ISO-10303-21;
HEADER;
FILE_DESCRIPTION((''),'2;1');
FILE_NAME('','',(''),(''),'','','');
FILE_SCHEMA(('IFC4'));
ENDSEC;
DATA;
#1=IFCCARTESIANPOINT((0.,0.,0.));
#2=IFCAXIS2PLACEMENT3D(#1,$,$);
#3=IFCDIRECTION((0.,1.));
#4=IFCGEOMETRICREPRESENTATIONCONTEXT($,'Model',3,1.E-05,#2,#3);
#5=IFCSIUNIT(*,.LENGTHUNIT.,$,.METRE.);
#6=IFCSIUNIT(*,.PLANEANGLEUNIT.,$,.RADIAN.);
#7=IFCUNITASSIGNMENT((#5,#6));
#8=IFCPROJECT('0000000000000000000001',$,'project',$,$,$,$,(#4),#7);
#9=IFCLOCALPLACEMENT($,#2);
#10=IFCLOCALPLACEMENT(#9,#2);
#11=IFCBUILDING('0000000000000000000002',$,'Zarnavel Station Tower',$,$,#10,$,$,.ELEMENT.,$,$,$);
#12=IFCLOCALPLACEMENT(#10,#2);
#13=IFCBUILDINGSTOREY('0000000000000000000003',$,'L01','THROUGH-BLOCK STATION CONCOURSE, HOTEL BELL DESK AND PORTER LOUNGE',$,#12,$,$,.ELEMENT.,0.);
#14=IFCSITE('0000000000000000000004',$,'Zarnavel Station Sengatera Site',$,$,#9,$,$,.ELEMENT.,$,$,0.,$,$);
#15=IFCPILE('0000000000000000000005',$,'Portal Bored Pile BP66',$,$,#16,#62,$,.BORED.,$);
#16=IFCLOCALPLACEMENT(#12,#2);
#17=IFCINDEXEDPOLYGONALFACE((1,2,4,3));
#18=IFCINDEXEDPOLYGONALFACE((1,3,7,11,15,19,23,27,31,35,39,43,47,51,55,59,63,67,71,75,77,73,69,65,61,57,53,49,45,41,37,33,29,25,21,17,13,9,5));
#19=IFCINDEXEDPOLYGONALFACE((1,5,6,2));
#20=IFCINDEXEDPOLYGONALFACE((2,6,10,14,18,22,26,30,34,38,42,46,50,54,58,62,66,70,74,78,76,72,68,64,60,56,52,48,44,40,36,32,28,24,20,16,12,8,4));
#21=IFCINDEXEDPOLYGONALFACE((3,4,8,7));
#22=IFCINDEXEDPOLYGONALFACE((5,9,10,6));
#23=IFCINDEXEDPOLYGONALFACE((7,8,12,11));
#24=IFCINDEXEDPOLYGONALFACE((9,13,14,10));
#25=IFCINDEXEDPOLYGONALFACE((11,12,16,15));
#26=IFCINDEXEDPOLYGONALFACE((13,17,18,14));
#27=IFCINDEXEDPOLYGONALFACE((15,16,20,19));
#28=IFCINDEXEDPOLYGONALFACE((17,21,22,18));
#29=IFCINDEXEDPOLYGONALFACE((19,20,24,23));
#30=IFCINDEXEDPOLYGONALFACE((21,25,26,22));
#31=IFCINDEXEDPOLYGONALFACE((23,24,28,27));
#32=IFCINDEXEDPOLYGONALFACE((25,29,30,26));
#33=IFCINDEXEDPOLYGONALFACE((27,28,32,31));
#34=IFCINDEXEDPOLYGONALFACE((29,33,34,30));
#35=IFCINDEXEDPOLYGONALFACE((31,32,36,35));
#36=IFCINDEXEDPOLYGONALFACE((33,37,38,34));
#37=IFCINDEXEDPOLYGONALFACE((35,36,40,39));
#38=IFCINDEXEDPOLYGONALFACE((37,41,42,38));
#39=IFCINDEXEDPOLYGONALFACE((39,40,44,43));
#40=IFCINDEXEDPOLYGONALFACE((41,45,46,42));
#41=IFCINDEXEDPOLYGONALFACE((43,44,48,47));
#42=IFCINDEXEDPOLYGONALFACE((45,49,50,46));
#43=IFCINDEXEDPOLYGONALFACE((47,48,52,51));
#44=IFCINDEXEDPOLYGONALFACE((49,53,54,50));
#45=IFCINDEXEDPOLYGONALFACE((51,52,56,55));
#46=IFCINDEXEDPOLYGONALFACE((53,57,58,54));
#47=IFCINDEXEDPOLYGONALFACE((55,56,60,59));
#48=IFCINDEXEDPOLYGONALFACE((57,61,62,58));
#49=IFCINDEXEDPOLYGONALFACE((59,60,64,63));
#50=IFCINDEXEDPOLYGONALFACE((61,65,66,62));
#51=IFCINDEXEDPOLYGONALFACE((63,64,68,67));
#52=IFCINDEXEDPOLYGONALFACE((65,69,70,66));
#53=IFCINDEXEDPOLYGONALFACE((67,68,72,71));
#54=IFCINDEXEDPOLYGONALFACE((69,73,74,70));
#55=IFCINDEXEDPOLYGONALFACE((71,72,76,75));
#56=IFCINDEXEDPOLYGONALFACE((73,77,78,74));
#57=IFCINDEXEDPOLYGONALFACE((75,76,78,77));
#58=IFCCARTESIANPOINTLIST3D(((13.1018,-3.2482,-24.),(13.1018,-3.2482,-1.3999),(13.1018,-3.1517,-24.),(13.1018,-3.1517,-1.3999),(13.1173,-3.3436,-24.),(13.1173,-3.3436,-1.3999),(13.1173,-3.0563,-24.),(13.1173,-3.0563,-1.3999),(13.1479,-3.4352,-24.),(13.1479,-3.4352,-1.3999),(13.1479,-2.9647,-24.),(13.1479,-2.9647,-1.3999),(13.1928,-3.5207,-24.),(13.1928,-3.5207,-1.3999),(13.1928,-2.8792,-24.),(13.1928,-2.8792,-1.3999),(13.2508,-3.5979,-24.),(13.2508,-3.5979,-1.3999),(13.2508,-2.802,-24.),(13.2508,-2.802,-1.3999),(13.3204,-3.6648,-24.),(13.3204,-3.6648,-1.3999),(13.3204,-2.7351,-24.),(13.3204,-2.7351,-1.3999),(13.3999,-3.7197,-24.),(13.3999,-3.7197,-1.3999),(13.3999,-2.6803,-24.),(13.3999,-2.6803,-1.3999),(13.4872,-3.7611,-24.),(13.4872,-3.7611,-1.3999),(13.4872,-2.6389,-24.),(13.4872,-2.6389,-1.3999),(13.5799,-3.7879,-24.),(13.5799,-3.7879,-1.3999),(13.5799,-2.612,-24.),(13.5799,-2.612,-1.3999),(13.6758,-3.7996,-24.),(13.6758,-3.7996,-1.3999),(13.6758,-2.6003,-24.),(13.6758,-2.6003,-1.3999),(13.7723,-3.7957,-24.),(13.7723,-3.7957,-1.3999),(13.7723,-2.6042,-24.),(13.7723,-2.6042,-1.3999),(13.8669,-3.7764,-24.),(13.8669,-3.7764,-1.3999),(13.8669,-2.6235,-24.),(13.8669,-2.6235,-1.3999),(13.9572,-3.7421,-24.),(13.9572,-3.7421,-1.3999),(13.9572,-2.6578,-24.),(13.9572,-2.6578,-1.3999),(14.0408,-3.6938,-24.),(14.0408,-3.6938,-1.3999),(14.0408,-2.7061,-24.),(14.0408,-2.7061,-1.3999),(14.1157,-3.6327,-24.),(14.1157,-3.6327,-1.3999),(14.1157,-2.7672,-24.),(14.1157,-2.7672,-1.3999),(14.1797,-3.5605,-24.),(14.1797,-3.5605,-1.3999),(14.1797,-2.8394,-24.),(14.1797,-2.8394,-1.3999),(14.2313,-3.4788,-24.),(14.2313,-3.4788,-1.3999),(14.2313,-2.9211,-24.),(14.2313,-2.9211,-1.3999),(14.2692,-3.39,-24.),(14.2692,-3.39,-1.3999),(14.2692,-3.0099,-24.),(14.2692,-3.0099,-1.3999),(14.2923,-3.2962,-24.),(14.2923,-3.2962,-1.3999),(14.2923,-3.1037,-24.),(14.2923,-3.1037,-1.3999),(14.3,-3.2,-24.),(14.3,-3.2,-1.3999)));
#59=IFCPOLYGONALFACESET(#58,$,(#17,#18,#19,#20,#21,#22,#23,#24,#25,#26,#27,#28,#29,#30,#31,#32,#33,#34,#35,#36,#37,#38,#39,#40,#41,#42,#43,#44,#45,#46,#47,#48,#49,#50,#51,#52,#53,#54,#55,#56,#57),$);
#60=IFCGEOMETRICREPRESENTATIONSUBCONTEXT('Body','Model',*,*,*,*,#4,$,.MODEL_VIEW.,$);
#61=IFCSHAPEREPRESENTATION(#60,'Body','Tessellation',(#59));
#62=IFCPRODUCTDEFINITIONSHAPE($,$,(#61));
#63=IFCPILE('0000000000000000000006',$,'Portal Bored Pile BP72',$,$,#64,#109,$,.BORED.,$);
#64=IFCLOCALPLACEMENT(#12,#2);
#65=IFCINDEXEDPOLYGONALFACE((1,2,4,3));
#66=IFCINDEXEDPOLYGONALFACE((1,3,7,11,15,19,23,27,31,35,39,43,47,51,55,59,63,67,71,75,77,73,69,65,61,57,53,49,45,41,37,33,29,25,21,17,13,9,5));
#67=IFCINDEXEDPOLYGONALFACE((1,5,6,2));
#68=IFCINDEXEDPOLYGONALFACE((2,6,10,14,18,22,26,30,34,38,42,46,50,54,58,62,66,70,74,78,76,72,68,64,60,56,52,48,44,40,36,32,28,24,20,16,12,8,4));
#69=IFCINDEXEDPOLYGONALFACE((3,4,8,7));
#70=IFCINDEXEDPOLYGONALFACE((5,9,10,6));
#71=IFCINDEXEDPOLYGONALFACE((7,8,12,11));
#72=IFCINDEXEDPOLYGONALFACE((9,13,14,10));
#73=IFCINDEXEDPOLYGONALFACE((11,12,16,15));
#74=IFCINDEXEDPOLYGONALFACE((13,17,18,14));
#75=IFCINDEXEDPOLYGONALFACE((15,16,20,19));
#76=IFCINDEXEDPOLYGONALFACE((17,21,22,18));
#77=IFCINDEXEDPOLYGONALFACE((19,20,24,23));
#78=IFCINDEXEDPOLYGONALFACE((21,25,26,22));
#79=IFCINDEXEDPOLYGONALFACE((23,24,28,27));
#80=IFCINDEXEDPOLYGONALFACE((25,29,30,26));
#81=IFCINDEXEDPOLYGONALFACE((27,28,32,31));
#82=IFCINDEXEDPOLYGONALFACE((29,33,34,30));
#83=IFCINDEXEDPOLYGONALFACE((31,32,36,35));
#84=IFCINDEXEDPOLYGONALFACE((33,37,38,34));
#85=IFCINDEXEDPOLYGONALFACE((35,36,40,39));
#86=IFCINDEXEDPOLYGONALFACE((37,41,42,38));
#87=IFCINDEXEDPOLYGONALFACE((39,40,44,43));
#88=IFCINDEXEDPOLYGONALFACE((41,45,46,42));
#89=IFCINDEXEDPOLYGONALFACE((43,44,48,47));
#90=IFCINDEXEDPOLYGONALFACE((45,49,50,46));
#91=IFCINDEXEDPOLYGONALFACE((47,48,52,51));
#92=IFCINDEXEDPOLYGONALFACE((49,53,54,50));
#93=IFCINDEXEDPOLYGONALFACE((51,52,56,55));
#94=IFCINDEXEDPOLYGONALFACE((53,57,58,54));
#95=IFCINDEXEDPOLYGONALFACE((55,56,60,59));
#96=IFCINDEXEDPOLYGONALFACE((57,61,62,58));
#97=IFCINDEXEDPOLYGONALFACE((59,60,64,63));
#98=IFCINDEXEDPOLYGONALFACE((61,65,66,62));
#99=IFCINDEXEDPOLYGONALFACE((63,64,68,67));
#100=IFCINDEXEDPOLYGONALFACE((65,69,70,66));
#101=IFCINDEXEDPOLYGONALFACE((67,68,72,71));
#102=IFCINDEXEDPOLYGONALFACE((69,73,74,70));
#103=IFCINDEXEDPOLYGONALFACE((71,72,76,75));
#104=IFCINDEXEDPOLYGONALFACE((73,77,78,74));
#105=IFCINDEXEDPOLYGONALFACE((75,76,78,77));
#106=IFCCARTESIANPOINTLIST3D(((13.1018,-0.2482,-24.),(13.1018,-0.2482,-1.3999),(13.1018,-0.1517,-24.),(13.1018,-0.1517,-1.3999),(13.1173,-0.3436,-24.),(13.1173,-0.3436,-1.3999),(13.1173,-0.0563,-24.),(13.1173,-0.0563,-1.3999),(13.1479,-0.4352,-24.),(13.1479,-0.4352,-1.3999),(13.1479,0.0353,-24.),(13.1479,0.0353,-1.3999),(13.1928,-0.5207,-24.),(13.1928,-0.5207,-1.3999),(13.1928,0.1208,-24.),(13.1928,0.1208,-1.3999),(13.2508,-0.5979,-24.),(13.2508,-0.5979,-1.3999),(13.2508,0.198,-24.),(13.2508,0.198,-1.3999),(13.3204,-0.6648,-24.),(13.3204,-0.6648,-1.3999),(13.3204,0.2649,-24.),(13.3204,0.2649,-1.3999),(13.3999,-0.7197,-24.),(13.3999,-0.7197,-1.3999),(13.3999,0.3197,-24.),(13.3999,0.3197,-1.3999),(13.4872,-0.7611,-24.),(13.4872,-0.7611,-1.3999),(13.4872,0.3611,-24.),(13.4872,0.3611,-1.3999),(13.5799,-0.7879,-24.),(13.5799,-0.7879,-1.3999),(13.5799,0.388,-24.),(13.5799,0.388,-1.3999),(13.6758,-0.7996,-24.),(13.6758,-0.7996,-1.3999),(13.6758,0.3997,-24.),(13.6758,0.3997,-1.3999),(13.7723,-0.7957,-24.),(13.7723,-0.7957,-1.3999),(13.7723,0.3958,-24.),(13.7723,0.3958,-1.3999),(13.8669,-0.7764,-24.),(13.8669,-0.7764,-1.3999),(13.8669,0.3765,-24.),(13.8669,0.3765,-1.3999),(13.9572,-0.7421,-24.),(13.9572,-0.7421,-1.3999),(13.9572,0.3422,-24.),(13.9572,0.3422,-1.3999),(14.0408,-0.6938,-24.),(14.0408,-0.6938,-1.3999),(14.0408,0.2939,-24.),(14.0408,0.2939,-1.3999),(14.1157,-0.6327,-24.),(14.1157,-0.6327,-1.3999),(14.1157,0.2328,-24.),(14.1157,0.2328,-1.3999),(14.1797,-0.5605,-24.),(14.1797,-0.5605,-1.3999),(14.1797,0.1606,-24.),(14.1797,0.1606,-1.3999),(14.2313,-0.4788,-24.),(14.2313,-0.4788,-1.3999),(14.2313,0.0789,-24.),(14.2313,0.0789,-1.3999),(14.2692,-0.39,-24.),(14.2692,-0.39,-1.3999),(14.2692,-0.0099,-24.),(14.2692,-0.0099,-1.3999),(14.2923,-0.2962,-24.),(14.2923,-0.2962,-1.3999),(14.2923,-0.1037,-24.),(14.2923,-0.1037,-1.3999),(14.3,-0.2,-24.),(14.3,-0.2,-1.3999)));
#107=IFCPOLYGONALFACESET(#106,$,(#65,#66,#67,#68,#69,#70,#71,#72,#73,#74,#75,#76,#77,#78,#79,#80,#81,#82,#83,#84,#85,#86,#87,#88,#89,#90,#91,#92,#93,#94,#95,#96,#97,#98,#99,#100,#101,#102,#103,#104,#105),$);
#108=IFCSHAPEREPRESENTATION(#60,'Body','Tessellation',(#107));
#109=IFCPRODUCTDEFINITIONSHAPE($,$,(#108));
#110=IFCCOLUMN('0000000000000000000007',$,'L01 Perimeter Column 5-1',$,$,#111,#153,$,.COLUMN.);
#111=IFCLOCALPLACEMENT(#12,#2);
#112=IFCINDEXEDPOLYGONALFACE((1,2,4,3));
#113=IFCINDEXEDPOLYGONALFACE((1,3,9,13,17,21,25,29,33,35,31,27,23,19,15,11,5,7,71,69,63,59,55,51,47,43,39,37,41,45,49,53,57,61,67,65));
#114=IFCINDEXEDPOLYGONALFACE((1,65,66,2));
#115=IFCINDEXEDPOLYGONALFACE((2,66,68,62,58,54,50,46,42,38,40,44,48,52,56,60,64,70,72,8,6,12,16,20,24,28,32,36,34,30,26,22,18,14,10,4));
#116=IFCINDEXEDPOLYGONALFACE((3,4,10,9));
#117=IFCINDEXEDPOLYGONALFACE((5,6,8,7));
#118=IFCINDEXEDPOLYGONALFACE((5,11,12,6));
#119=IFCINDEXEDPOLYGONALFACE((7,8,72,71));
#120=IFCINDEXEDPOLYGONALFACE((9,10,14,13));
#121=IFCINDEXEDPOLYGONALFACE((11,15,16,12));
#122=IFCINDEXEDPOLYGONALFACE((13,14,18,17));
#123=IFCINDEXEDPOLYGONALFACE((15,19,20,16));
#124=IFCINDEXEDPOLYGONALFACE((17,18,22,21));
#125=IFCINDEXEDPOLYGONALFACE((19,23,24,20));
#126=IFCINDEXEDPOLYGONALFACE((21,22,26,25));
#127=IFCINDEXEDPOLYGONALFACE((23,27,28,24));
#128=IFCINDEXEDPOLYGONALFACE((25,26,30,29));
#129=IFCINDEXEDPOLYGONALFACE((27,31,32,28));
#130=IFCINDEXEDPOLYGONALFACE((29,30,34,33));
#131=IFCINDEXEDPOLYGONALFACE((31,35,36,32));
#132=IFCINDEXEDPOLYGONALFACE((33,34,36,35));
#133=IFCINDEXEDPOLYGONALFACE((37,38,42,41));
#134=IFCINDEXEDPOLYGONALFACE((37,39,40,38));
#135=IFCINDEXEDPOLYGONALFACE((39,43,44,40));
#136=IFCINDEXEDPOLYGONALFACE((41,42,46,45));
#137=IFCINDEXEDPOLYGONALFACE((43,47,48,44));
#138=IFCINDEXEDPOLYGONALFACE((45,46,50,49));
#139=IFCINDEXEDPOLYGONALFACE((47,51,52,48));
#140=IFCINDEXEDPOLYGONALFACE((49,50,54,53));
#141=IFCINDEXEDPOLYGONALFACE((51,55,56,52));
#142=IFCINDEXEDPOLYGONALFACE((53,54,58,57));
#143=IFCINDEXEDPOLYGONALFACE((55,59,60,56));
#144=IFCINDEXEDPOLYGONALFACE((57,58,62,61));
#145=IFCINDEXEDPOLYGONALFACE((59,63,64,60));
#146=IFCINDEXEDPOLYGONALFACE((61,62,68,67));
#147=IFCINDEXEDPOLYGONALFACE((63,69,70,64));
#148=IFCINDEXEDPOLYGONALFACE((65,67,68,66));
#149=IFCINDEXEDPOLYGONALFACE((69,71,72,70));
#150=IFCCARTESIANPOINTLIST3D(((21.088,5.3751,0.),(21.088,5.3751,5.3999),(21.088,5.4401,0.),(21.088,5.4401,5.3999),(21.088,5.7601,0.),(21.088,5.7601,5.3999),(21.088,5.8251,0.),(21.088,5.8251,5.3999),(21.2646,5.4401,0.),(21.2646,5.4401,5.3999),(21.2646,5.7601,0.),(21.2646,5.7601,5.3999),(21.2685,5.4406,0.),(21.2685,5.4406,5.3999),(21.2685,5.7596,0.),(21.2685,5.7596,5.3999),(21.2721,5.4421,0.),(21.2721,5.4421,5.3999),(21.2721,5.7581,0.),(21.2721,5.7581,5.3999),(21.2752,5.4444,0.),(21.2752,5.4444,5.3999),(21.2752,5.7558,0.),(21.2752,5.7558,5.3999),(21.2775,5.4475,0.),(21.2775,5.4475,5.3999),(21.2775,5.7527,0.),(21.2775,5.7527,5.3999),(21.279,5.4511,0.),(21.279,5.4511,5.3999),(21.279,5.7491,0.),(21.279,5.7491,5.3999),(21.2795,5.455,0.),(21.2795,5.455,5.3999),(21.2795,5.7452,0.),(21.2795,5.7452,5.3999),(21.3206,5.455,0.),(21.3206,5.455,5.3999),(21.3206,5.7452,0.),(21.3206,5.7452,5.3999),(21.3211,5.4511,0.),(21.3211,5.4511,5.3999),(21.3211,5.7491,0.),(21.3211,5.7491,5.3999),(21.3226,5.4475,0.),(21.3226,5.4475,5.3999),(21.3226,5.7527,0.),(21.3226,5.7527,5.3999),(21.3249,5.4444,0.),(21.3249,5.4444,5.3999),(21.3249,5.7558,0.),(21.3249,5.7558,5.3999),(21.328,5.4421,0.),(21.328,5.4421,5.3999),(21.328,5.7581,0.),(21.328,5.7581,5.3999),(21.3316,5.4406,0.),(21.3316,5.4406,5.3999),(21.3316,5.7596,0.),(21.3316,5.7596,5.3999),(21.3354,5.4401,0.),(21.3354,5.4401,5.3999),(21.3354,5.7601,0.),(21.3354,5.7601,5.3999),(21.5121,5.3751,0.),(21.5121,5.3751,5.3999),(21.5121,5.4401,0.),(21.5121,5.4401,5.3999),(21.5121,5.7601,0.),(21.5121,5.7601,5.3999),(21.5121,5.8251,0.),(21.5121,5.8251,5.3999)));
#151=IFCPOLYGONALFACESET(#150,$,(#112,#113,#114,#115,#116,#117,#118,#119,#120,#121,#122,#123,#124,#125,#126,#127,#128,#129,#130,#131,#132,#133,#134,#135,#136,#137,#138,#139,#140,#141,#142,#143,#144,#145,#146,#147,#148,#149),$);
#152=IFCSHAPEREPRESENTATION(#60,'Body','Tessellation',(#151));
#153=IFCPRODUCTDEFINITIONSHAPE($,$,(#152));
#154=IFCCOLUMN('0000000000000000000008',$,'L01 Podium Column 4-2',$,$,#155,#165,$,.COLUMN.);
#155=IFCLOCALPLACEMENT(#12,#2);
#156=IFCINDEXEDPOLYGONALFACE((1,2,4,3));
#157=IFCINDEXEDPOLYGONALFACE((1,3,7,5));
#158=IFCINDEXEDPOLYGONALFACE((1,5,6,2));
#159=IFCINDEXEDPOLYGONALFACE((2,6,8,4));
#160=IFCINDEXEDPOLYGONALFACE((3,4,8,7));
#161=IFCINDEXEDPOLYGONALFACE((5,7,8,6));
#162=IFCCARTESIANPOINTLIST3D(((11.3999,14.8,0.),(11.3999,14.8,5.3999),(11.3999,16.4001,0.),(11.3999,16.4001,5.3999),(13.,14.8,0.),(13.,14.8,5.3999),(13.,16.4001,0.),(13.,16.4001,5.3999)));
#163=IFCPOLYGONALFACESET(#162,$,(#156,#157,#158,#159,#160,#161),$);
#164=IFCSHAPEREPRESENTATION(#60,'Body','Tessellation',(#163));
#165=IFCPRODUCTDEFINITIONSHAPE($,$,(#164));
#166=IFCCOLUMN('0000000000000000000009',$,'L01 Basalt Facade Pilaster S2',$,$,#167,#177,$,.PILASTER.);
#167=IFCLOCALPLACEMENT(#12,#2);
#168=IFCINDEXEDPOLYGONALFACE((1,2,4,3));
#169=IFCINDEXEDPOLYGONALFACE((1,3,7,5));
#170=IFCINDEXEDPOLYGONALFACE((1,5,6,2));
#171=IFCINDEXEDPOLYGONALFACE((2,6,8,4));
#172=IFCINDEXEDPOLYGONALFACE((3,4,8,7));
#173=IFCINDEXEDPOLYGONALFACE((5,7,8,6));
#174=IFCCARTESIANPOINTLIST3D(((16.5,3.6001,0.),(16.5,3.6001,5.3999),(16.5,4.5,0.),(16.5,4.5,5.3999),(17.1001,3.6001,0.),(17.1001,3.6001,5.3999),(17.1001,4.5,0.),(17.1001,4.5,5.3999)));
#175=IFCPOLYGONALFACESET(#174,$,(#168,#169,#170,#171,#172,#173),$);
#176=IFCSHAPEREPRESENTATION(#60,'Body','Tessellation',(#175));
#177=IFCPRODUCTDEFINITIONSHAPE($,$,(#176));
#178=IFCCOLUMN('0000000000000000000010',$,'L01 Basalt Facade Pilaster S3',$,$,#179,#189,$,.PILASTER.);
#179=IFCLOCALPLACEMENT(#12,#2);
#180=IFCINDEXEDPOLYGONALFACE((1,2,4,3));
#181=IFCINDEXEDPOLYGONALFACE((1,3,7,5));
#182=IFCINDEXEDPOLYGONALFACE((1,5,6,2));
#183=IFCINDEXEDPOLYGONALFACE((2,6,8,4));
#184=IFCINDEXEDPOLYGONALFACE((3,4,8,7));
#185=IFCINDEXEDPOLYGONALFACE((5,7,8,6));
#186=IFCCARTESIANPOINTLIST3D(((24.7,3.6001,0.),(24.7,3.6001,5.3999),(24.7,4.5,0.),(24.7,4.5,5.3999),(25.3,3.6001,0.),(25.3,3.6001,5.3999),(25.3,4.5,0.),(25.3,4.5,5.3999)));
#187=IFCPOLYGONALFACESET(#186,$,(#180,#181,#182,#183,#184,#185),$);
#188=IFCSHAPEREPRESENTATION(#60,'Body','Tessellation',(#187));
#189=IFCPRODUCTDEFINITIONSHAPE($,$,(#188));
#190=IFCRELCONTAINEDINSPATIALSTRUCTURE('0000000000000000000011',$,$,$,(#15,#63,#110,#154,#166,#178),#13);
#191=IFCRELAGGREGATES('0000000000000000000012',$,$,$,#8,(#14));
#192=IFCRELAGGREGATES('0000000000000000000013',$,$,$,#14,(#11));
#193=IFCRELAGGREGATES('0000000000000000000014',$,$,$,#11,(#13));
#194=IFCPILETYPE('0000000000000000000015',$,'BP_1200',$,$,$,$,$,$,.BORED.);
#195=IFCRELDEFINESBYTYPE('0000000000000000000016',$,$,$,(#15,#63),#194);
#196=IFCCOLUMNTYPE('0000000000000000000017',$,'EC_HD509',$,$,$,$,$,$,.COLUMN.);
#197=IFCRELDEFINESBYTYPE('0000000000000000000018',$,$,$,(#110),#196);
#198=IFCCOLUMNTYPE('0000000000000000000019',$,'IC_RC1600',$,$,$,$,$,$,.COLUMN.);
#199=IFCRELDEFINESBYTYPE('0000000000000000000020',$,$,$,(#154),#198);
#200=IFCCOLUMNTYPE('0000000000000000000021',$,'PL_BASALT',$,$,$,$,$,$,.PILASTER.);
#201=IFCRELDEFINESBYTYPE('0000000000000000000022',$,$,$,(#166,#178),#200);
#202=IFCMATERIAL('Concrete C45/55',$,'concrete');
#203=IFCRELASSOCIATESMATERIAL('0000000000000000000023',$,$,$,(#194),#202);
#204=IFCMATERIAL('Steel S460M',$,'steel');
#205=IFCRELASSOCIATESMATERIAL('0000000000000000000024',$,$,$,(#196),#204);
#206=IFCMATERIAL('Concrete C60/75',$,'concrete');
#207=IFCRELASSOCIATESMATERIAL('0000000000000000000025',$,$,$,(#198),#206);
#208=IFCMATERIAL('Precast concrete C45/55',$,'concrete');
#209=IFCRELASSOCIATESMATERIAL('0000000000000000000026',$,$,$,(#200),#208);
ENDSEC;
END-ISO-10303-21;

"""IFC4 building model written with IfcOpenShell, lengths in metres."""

from ifc_helpers import new_model, si_unit, direction, frame, origin, origin_2d, place, context, subcontext, project, spatial, rectangle, circle, i_section, extrude, material, material_profile, profile_set, type_object, element, save


model = new_model("IFC4")

# Units and contexts
model_context = context("Model", 3, precision=1e-05, world=origin(), true_north=direction((0.0, 1.0)))
body_context = subcontext(model_context, "Body", "Model", "MODEL_VIEW")
ifc_project = project(units=[si_unit("LENGTHUNIT", "METRE"), si_unit("PLANEANGLEUNIT", "RADIAN")], contexts=[model_context])

# Site, building, storey
site_placement = place(None, origin())
site = spatial("IfcSite", under=ifc_project, at=site_placement, Name="Zarnavel Station Sengatera Site", CompositionType="ELEMENT", RefElevation=0.0)
building_placement = place(site_placement, origin())
building = spatial("IfcBuilding", under=site, at=building_placement, Name="Zarnavel Station Tower", CompositionType="ELEMENT")
storey_placement = place(building_placement, origin())
storey = spatial("IfcBuildingStorey", under=building, at=storey_placement, Name="L01", Description="THROUGH-BLOCK STATION CONCOURSE, HOTEL BELL DESK AND PORTER LOUNGE", CompositionType="ELEMENT", Elevation=0.0)

# Piles
ifc_material_1 = material(Name="Concrete C45/55", Category="concrete")
ifc_material_profile_1 = material_profile(ifc_material_1, circle(Radius=0.6001, at=origin_2d()), Name="RCCOL1200")
ifc_profile_set_1 = profile_set([ifc_material_profile_1], Name="Concrete C45/55")
pile_type = type_object("IfcPileType", Name="BP_1200", PredefinedType="BORED", material=ifc_profile_set_1)
for number, where, z_axis, x_axis, name in (
    (1, (13.7, -3.2, -1.3999), (0.0, 0.0, -1.0), (1.0, 0.0, 0.0), "Portal Bored Pile BP66"),
    (2, (13.7, -0.2, -1.3999), (0.0, 0.0, -1.0), (1.0, 0.0, 0.0), "Portal Bored Pile BP72"),
):
    element("IfcPile", number, at=place(storey_placement, frame(where, z_axis=z_axis, x_axis=x_axis)), inside=storey, type_object=pile_type, Name=name, PredefinedType="BORED", context=body_context, shape_type="SweptSolid", body=[
        extrude(circle(Radius=0.6001, at=origin_2d()), origin(), (0.0, 0.0, 1.0), 22.6001),
    ])

# Columns
ifc_material_2 = material(Name="Steel S460M", Category="steel")
ifc_material_profile_2 = material_profile(ifc_material_2, i_section(OverallWidth=0.4241, OverallDepth=0.45, WebThickness=0.041, FlangeThickness=0.0649, FilletRadius=0.0149, at=origin_2d()), Name="HD400x509")
ifc_profile_set_2 = profile_set([ifc_material_profile_2], Name="Steel S460M")
column_type_1 = type_object("IfcColumnType", Name="EC_HD509", PredefinedType="COLUMN", material=ifc_profile_set_2)
column_1_placement = place(storey_placement, frame((21.3, 5.6001, 0.0), z_axis=(0.0, 0.0, 1.0), x_axis=(1.0, 0.0, 0.0)))
element("IfcColumn", 3, at=column_1_placement, inside=storey, type_object=column_type_1, Name="L01 Perimeter Column 5-1", PredefinedType="COLUMN", context=body_context, shape_type="SweptSolid", body=[
    extrude(i_section(OverallWidth=0.4241, OverallDepth=0.45, WebThickness=0.041, FlangeThickness=0.0649, FilletRadius=0.0149, at=origin_2d()), origin(), (0.0, 0.0, 1.0), 5.3999),
])
ifc_material_3 = material(Name="Concrete C60/75", Category="concrete")
ifc_material_profile_3 = material_profile(ifc_material_3, rectangle(XDim=1.6001, YDim=1.6001, at=origin_2d()), Name="RC1600x1600")
ifc_profile_set_3 = profile_set([ifc_material_profile_3], Name="Concrete C60/75")
column_type_2 = type_object("IfcColumnType", Name="IC_RC1600", PredefinedType="COLUMN", material=ifc_profile_set_3)
column_2_placement = place(storey_placement, frame((12.2, 15.6001, 0.0), z_axis=(0.0, 0.0, 1.0), x_axis=(1.0, 0.0, 0.0)))
element("IfcColumn", 4, at=column_2_placement, inside=storey, type_object=column_type_2, Name="L01 Podium Column 4-2", PredefinedType="COLUMN", context=body_context, shape_type="SweptSolid", body=[
    extrude(rectangle(XDim=1.6001, YDim=1.6001, at=origin_2d()), origin(), (0.0, 0.0, 1.0), 5.3999),
])
ifc_material_4 = material(Name="Precast concrete C45/55", Category="concrete")
ifc_material_profile_4 = material_profile(ifc_material_4, rectangle(XDim=0.6001, YDim=0.8999, at=origin_2d()), Name="RC600x900")
ifc_profile_set_4 = profile_set([ifc_material_profile_4], Name="Precast concrete C45/55")
column_type_3 = type_object("IfcColumnType", Name="PL_BASALT", PredefinedType="PILASTER", material=ifc_profile_set_4)
for number, where, z_axis, x_axis, name in (
    (5, (16.8, 4.05, 0.0), (0.0, 0.0, 1.0), (1.0, 0.0, 0.0), "L01 Basalt Facade Pilaster S2"),
    (6, (25.0, 4.05, 0.0), (0.0, 0.0, 1.0), (1.0, 0.0, 0.0), "L01 Basalt Facade Pilaster S3"),
):
    element("IfcColumn", number, at=place(storey_placement, frame(where, z_axis=z_axis, x_axis=x_axis)), inside=storey, type_object=column_type_3, Name=name, PredefinedType="PILASTER", context=body_context, shape_type="SweptSolid", body=[
        extrude(rectangle(XDim=0.6001, YDim=0.8999, at=origin_2d()), origin(), (0.0, 0.0, 1.0), 5.3999),
    ])

save(model, "model.ifc")
